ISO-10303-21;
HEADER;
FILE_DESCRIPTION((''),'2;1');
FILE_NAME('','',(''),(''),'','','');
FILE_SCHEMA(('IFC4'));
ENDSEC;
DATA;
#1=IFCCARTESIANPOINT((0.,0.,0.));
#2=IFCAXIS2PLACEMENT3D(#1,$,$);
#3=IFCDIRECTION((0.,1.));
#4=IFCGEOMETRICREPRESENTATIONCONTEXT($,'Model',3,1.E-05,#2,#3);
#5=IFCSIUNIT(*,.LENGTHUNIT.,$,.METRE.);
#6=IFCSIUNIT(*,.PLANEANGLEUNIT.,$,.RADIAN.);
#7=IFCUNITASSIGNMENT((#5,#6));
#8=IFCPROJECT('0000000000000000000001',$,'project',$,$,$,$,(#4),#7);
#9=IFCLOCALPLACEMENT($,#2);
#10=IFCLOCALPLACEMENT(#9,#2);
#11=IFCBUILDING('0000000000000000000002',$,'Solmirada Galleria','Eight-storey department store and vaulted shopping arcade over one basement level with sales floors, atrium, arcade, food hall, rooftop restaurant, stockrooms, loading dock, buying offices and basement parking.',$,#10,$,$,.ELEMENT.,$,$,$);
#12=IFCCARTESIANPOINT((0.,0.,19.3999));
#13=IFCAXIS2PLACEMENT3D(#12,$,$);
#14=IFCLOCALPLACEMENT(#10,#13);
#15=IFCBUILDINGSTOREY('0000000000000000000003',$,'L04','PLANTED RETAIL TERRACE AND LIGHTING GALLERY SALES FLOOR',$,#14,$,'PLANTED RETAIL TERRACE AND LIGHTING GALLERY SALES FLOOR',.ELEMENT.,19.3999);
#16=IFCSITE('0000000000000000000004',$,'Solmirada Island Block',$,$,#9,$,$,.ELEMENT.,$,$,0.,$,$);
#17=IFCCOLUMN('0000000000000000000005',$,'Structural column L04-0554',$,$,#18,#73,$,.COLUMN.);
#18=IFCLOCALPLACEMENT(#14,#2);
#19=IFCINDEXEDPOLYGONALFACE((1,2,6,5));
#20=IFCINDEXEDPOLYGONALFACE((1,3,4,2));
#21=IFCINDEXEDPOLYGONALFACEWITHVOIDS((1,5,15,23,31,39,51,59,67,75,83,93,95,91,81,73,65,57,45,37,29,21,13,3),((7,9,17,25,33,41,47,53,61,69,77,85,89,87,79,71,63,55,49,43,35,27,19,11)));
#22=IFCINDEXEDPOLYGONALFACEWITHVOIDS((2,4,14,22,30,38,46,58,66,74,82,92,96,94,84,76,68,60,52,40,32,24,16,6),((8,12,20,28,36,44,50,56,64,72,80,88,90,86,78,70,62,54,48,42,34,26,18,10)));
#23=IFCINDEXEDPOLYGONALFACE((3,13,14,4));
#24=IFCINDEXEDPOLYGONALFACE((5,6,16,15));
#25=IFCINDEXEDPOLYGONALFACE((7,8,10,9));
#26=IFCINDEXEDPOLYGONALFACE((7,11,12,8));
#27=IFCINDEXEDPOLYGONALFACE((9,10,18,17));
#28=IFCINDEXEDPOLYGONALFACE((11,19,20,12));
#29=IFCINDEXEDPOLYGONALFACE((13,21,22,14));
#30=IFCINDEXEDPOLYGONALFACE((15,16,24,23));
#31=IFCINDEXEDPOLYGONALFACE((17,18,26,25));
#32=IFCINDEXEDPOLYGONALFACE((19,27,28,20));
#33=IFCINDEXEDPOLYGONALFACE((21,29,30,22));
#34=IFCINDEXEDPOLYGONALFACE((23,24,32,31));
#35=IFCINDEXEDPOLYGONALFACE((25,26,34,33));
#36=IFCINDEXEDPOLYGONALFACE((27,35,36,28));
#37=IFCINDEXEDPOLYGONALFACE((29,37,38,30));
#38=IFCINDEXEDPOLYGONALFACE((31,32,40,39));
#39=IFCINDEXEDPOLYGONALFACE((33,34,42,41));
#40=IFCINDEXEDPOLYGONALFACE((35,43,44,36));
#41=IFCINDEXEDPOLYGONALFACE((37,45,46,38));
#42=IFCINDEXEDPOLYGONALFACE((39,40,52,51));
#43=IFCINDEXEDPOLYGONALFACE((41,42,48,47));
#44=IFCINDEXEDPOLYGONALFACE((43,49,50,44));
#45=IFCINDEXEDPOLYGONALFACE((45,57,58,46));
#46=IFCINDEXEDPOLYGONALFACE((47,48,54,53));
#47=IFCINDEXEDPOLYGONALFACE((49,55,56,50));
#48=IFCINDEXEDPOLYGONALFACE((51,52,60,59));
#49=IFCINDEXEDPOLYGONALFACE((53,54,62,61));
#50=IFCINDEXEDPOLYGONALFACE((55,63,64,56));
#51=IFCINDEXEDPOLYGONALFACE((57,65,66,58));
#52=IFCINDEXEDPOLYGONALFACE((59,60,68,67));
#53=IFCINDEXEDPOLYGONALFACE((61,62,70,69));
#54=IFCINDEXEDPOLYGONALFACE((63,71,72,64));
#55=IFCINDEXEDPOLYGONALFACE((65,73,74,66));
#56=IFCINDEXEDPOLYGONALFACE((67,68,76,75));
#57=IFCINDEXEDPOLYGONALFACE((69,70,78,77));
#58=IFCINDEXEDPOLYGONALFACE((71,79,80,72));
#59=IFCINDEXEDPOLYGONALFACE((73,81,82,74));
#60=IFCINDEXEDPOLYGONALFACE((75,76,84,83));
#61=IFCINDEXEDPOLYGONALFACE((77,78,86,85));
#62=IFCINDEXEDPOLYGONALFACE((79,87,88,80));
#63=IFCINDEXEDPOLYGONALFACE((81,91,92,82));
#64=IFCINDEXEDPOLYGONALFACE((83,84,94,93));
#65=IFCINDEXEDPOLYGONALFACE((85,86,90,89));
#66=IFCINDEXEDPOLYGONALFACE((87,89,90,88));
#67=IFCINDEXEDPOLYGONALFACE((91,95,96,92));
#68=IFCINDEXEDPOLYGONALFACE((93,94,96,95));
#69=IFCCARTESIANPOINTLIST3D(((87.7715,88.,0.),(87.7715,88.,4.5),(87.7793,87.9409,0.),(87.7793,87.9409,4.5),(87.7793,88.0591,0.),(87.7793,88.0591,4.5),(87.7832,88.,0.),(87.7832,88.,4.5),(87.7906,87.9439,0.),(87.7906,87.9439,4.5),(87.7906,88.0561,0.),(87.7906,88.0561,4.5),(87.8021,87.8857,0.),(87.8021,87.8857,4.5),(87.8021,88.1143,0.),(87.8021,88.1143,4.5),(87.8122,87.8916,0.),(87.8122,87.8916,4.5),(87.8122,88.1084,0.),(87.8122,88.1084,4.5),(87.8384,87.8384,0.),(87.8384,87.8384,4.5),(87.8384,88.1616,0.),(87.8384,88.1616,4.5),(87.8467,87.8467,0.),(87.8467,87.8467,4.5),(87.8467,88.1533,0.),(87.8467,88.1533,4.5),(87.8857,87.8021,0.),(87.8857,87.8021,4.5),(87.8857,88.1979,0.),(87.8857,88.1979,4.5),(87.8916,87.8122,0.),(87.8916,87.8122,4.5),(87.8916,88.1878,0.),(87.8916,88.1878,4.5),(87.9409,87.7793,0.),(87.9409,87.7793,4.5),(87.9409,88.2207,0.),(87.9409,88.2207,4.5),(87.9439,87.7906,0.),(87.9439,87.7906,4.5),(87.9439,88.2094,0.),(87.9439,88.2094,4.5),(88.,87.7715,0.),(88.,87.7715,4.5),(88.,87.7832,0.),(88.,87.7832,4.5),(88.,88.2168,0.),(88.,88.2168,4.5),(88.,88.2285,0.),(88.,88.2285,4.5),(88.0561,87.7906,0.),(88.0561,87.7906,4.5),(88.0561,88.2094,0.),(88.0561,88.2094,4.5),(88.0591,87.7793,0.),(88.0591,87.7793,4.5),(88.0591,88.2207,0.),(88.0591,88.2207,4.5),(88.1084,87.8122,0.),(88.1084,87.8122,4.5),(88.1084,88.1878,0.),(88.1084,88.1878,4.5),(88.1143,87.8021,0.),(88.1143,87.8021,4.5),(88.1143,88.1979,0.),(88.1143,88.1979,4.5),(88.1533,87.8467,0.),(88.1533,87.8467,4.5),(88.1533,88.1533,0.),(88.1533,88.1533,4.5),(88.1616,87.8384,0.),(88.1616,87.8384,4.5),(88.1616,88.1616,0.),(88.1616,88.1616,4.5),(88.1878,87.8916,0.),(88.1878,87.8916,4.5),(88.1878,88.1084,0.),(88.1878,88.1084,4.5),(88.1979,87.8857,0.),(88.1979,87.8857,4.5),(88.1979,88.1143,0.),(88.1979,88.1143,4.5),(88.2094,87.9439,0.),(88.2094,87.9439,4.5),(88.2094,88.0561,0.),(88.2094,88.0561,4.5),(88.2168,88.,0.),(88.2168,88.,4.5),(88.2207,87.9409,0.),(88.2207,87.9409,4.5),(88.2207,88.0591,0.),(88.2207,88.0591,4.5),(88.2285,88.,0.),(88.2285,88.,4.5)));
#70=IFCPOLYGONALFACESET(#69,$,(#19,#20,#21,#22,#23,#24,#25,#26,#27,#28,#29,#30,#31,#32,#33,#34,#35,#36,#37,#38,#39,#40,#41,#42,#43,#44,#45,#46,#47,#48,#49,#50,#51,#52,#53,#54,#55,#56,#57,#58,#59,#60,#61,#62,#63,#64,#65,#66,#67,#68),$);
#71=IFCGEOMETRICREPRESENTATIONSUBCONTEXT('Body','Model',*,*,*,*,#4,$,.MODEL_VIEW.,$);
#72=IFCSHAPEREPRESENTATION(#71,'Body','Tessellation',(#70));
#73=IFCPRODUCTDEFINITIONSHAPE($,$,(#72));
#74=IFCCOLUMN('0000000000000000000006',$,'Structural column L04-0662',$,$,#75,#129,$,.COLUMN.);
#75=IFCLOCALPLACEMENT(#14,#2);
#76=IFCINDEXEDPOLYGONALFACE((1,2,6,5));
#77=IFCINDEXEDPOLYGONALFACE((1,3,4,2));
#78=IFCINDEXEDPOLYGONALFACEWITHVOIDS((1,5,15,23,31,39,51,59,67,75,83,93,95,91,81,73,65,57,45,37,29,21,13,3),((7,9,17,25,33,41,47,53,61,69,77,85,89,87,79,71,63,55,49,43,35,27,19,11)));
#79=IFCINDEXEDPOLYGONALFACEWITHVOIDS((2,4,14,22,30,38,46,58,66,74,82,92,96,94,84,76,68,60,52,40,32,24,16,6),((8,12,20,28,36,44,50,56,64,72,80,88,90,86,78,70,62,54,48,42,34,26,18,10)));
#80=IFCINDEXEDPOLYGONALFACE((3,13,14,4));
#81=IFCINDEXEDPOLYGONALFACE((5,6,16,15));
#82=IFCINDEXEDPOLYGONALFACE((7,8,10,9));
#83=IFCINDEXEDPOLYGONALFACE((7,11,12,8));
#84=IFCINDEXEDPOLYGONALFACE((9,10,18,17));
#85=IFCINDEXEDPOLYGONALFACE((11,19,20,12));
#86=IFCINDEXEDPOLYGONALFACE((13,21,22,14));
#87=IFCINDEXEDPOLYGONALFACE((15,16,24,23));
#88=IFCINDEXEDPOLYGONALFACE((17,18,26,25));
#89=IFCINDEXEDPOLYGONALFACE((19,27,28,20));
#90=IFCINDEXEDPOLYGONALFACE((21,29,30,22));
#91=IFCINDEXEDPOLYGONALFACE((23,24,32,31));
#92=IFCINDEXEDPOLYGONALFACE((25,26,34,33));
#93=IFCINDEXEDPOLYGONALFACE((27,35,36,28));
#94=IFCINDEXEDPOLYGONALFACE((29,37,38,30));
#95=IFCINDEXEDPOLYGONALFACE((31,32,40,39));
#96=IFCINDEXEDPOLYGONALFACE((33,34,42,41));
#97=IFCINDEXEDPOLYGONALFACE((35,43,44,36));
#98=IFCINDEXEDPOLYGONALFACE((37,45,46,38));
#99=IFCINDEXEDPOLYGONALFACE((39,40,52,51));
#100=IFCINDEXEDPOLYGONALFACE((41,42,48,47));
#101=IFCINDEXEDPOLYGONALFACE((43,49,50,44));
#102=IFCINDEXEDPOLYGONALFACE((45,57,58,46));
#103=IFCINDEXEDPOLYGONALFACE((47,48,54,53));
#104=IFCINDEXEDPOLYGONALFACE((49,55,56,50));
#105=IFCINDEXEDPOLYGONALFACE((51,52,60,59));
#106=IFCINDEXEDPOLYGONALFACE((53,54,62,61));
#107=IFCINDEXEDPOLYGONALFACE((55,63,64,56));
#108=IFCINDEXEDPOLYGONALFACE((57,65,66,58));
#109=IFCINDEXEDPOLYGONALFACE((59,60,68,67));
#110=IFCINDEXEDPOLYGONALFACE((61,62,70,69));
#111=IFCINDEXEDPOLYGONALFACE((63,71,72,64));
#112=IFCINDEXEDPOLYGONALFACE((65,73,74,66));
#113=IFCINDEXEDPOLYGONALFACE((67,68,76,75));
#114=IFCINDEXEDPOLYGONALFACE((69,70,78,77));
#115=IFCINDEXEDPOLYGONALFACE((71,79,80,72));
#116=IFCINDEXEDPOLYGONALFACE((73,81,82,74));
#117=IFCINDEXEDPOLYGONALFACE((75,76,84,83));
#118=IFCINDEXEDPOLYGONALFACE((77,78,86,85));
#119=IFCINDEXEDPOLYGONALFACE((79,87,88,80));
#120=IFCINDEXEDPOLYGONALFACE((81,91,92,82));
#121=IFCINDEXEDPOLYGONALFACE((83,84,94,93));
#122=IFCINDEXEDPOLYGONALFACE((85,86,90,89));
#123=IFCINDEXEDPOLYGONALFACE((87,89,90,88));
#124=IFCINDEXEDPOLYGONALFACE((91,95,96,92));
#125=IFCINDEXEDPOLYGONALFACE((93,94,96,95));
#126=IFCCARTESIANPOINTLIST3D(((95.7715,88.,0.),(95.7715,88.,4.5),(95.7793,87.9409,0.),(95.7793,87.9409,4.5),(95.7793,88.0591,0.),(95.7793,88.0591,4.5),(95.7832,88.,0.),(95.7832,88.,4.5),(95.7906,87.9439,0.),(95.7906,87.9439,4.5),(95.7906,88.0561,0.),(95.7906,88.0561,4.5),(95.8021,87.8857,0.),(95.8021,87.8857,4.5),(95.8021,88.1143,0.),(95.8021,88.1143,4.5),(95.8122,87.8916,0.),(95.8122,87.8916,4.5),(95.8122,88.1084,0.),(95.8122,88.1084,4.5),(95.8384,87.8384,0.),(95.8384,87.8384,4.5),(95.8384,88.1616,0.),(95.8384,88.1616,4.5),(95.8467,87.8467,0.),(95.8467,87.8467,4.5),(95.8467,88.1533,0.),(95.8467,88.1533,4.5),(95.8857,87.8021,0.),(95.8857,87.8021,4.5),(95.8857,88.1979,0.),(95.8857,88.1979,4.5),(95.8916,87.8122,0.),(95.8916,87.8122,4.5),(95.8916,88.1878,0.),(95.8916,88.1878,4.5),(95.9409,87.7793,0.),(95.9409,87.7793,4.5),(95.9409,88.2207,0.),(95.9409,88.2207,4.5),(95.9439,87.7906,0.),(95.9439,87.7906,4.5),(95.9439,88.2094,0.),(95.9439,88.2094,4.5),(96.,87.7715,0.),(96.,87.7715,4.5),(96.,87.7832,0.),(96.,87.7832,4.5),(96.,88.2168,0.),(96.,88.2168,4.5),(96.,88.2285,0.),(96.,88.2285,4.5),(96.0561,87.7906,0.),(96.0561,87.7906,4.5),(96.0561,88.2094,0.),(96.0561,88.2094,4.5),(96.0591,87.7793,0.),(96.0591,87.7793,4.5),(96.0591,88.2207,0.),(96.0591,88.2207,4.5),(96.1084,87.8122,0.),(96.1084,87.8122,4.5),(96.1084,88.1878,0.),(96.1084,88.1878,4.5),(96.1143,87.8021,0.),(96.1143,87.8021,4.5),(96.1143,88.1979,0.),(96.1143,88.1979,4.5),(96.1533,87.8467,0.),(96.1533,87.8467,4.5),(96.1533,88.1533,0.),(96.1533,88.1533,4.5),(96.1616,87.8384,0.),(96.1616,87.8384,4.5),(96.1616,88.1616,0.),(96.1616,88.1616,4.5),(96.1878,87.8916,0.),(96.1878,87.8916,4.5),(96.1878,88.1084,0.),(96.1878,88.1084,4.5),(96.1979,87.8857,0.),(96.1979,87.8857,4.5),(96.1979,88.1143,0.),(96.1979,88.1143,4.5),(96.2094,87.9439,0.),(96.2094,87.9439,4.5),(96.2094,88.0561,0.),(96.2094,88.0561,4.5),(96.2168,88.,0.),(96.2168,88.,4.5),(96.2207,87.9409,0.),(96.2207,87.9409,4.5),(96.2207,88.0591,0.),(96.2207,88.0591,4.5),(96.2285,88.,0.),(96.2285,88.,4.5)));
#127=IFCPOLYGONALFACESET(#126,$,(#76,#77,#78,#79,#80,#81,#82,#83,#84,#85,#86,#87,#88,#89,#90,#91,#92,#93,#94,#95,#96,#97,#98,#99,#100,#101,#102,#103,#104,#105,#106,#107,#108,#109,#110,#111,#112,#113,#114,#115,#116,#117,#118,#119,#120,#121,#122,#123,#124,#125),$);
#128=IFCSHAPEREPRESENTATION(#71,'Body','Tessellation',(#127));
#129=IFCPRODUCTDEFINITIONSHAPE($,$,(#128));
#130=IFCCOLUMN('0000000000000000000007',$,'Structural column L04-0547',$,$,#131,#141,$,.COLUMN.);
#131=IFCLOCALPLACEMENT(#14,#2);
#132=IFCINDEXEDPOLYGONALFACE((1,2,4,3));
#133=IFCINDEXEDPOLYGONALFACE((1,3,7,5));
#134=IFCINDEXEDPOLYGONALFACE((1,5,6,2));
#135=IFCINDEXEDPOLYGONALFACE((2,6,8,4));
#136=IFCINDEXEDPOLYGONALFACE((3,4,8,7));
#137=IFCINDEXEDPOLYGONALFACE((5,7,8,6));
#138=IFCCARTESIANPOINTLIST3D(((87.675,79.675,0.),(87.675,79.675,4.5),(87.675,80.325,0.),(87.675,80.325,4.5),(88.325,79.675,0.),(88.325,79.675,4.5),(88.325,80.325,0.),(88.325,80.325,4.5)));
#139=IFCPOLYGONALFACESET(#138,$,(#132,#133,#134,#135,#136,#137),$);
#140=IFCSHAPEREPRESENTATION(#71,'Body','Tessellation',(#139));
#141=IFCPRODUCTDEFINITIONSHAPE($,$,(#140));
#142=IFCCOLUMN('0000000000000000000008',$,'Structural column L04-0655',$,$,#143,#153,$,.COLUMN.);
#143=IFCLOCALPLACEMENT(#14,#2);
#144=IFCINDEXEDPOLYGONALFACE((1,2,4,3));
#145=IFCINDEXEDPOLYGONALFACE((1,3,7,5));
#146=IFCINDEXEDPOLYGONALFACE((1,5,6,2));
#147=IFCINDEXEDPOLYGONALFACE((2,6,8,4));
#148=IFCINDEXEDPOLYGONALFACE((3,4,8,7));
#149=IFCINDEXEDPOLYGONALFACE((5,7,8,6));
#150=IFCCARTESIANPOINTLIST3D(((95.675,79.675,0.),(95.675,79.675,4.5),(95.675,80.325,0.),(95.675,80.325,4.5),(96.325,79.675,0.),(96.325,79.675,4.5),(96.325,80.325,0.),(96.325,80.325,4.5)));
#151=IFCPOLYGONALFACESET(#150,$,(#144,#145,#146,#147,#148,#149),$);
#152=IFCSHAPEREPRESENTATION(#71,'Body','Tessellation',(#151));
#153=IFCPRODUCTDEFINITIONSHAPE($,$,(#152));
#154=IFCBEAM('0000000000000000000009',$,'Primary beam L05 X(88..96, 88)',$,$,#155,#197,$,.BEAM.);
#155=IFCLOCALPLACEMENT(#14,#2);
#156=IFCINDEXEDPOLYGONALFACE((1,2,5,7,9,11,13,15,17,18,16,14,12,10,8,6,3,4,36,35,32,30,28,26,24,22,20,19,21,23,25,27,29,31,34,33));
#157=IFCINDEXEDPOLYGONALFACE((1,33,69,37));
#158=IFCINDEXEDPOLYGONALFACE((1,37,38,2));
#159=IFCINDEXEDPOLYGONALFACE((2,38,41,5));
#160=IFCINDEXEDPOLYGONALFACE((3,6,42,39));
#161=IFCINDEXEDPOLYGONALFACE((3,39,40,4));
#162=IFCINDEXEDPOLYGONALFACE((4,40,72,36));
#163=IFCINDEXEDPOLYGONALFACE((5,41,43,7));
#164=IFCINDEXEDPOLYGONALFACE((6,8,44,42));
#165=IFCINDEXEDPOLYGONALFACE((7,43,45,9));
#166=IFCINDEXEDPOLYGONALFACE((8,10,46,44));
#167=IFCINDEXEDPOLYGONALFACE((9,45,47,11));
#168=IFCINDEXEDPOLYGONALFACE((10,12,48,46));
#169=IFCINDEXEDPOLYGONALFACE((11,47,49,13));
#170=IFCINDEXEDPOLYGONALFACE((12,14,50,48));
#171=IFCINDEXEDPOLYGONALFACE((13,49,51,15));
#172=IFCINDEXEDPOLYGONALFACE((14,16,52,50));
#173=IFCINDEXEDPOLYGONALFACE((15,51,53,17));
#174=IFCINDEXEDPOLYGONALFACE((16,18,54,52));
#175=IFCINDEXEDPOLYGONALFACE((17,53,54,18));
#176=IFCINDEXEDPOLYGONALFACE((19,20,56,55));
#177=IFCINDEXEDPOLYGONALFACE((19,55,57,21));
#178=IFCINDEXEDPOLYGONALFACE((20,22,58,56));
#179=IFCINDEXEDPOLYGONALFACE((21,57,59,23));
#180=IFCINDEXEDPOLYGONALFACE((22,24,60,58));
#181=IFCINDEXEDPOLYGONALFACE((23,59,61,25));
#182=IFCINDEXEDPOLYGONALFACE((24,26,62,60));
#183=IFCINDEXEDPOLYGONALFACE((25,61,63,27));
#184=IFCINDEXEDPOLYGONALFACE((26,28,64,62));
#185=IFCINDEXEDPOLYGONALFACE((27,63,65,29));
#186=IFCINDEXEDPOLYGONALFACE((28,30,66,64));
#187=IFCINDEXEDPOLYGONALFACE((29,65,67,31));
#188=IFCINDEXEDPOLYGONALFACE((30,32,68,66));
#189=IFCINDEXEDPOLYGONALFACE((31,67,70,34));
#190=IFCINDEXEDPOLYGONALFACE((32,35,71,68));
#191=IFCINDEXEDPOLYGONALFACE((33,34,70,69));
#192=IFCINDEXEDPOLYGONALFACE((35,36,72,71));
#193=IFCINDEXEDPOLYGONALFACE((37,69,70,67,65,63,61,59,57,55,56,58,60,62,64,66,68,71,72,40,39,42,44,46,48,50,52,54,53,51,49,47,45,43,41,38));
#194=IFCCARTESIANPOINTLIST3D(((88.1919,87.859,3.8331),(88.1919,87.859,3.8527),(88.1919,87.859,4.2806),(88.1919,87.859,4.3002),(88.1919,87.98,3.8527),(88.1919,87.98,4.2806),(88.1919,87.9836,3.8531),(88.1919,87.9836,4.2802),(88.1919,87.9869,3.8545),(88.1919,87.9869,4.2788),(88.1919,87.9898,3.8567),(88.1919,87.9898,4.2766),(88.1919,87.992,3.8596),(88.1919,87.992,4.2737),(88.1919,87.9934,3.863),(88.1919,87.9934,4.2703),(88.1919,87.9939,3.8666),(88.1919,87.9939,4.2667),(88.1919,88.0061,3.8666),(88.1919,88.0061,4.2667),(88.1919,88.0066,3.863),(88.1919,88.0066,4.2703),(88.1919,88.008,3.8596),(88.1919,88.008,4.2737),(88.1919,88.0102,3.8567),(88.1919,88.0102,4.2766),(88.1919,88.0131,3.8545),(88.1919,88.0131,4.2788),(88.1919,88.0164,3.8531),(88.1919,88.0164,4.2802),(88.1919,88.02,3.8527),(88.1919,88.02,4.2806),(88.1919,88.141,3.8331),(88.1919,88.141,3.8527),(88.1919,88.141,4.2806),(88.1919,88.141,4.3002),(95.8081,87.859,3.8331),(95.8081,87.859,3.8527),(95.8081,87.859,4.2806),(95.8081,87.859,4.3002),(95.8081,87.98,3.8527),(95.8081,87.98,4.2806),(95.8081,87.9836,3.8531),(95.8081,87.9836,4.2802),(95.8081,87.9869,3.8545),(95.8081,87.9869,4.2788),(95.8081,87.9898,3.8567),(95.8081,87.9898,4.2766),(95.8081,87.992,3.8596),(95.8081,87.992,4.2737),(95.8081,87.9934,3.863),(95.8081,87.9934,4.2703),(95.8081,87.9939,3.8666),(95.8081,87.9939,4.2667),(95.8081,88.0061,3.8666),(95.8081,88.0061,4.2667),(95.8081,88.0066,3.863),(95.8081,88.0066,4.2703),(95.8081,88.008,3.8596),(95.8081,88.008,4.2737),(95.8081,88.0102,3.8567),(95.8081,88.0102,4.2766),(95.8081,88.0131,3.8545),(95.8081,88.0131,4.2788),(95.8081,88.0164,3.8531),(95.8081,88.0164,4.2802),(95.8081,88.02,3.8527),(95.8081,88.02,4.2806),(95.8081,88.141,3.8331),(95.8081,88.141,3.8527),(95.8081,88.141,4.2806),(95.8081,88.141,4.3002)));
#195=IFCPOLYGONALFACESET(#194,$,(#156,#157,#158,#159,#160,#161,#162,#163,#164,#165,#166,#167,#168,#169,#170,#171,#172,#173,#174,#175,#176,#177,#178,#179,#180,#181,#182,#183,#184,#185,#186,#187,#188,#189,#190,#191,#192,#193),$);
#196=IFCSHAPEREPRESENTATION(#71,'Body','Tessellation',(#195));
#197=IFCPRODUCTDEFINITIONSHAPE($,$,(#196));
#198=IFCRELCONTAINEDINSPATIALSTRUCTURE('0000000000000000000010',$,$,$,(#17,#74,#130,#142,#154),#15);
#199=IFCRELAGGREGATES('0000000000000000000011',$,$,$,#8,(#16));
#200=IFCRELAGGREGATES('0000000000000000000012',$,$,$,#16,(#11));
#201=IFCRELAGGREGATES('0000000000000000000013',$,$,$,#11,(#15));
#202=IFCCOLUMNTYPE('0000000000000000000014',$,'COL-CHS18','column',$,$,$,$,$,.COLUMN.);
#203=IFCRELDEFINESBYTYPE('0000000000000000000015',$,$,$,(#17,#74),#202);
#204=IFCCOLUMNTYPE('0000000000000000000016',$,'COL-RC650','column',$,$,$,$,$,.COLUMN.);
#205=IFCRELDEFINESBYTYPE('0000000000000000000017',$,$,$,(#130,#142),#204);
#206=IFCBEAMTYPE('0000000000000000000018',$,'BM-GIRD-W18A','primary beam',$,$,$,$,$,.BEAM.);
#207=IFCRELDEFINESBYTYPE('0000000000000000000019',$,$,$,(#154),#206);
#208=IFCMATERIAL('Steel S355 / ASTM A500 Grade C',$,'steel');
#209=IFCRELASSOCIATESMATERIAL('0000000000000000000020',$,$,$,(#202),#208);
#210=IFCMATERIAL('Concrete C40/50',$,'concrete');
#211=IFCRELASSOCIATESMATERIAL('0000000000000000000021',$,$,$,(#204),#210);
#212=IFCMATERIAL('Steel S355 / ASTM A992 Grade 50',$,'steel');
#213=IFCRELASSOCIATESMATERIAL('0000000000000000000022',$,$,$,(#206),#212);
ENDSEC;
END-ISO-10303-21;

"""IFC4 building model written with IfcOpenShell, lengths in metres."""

from ifc_helpers import new_model, si_unit, direction, frame, origin, origin_2d, place, context, subcontext, project, spatial, rectangle, hollow_circle, i_section, extrude, material, material_profile, profile_set, type_object, element, save


model = new_model("IFC4")

# Units and contexts
model_context = context("Model", 3, precision=1e-05, world=origin(), true_north=direction((0.0, 1.0)))
body_context = subcontext(model_context, "Body", "Model", "MODEL_VIEW")
ifc_project = project(units=[si_unit("LENGTHUNIT", "METRE"), si_unit("PLANEANGLEUNIT", "RADIAN")], contexts=[model_context])

# Site, building, storey
site_placement = place(None, origin())
site = spatial("IfcSite", under=ifc_project, at=site_placement, Name="Solmirada Island Block", CompositionType="ELEMENT", RefElevation=0.0)
building_placement = place(site_placement, origin())
building = spatial("IfcBuilding", under=site, at=building_placement, Name="Solmirada Galleria", Description="Eight-storey department store and vaulted shopping arcade over one basement level with sales floors, atrium, arcade, food hall, rooftop restaurant, stockrooms, loading dock, buying offices and basement parking.", CompositionType="ELEMENT")
storey_placement = place(building_placement, frame((0.0, 0.0, 19.3999)))
storey = spatial("IfcBuildingStorey", under=building, at=storey_placement, Name="L04", Description="PLANTED RETAIL TERRACE AND LIGHTING GALLERY SALES FLOOR", LongName="PLANTED RETAIL TERRACE AND LIGHTING GALLERY SALES FLOOR", CompositionType="ELEMENT", Elevation=19.3999)

# Columns
ifc_material_1 = material(Name="Steel S355 / ASTM A500 Grade C", Category="steel")
ifc_material_profile_1 = material_profile(ifc_material_1, hollow_circle(Radius=0.2285, WallThickness=0.0117, at=origin_2d()), Name="HSS18.000X0.500")
ifc_profile_set_1 = profile_set([ifc_material_profile_1], Name="Steel S355 / ASTM A500 Grade C")
column_type_1 = type_object("IfcColumnType", Name="COL-CHS18", Description="column", PredefinedType="COLUMN", material=ifc_profile_set_1)
for number, where, z_axis, x_axis, name in (
    (1, (88.0, 88.0, 0.0), (0.0, 0.0, 1.0), (1.0, 0.0, 0.0), "Structural column L04-0554"),
    (2, (96.0, 88.0, 0.0), (0.0, 0.0, 1.0), (1.0, 0.0, 0.0), "Structural column L04-0662"),
):
    element("IfcColumn", number, at=place(storey_placement, frame(where, z_axis=z_axis, x_axis=x_axis)), inside=storey, type_object=column_type_1, Name=name, PredefinedType="COLUMN", context=body_context, shape_type="SweptSolid", body=[
        extrude(hollow_circle(Radius=0.2285, WallThickness=0.0117, at=origin_2d()), origin(), (0.0, 0.0, 1.0), 4.5),
    ])
ifc_material_2 = material(Name="Concrete C40/50", Category="concrete")
ifc_material_profile_2 = material_profile(ifc_material_2, rectangle(XDim=0.6499, YDim=0.6499, at=origin_2d()), Name="RC650X650")
ifc_profile_set_2 = profile_set([ifc_material_profile_2], Name="Concrete C40/50")
column_type_2 = type_object("IfcColumnType", Name="COL-RC650", Description="column", PredefinedType="COLUMN", material=ifc_profile_set_2)
for number, where, z_axis, x_axis, name in (
    (3, (88.0, 80.0, 0.0), (0.0, 0.0, 1.0), (1.0, 0.0, 0.0), "Structural column L04-0547"),
    (4, (96.0, 80.0, 0.0), (0.0, 0.0, 1.0), (1.0, 0.0, 0.0), "Structural column L04-0655"),
):
    element("IfcColumn", number, at=place(storey_placement, frame(where, z_axis=z_axis, x_axis=x_axis)), inside=storey, type_object=column_type_2, Name=name, PredefinedType="COLUMN", context=body_context, shape_type="SweptSolid", body=[
        extrude(rectangle(XDim=0.6499, YDim=0.6499, at=origin_2d()), origin(), (0.0, 0.0, 1.0), 4.5),
    ])

# Beam
ifc_material_3 = material(Name="Steel S355 / ASTM A992 Grade 50", Category="steel")
ifc_material_profile_3 = material_profile(ifc_material_3, i_section(OverallWidth=0.282, OverallDepth=0.467, WebThickness=0.0122, FlangeThickness=0.0195, FilletRadius=0.0139, at=origin_2d()), Name="W18X86")
ifc_profile_set_3 = profile_set([ifc_material_profile_3], Name="Steel S355 / ASTM A992 Grade 50")
beam_type_1 = type_object("IfcBeamType", Name="BM-GIRD-W18A", Description="primary beam", PredefinedType="BEAM", material=ifc_profile_set_3)
beam_1_placement = place(storey_placement, frame((88.1919, 88.0, 4.0667), z_axis=(1.0, 0.0, 0.0), x_axis=(0.0, 1.0, 0.0)))
element("IfcBeam", 5, at=beam_1_placement, inside=storey, type_object=beam_type_1, Name="Primary beam L05 X(88..96, 88)", PredefinedType="BEAM", context=body_context, shape_type="SweptSolid", body=[
    extrude(i_section(OverallWidth=0.282, OverallDepth=0.467, WebThickness=0.0122, FlangeThickness=0.0195, FilletRadius=0.0139, at=origin_2d()), origin(), (0.0, 0.0, 1.0), 7.6162),
])

save(model, "model.ifc")
